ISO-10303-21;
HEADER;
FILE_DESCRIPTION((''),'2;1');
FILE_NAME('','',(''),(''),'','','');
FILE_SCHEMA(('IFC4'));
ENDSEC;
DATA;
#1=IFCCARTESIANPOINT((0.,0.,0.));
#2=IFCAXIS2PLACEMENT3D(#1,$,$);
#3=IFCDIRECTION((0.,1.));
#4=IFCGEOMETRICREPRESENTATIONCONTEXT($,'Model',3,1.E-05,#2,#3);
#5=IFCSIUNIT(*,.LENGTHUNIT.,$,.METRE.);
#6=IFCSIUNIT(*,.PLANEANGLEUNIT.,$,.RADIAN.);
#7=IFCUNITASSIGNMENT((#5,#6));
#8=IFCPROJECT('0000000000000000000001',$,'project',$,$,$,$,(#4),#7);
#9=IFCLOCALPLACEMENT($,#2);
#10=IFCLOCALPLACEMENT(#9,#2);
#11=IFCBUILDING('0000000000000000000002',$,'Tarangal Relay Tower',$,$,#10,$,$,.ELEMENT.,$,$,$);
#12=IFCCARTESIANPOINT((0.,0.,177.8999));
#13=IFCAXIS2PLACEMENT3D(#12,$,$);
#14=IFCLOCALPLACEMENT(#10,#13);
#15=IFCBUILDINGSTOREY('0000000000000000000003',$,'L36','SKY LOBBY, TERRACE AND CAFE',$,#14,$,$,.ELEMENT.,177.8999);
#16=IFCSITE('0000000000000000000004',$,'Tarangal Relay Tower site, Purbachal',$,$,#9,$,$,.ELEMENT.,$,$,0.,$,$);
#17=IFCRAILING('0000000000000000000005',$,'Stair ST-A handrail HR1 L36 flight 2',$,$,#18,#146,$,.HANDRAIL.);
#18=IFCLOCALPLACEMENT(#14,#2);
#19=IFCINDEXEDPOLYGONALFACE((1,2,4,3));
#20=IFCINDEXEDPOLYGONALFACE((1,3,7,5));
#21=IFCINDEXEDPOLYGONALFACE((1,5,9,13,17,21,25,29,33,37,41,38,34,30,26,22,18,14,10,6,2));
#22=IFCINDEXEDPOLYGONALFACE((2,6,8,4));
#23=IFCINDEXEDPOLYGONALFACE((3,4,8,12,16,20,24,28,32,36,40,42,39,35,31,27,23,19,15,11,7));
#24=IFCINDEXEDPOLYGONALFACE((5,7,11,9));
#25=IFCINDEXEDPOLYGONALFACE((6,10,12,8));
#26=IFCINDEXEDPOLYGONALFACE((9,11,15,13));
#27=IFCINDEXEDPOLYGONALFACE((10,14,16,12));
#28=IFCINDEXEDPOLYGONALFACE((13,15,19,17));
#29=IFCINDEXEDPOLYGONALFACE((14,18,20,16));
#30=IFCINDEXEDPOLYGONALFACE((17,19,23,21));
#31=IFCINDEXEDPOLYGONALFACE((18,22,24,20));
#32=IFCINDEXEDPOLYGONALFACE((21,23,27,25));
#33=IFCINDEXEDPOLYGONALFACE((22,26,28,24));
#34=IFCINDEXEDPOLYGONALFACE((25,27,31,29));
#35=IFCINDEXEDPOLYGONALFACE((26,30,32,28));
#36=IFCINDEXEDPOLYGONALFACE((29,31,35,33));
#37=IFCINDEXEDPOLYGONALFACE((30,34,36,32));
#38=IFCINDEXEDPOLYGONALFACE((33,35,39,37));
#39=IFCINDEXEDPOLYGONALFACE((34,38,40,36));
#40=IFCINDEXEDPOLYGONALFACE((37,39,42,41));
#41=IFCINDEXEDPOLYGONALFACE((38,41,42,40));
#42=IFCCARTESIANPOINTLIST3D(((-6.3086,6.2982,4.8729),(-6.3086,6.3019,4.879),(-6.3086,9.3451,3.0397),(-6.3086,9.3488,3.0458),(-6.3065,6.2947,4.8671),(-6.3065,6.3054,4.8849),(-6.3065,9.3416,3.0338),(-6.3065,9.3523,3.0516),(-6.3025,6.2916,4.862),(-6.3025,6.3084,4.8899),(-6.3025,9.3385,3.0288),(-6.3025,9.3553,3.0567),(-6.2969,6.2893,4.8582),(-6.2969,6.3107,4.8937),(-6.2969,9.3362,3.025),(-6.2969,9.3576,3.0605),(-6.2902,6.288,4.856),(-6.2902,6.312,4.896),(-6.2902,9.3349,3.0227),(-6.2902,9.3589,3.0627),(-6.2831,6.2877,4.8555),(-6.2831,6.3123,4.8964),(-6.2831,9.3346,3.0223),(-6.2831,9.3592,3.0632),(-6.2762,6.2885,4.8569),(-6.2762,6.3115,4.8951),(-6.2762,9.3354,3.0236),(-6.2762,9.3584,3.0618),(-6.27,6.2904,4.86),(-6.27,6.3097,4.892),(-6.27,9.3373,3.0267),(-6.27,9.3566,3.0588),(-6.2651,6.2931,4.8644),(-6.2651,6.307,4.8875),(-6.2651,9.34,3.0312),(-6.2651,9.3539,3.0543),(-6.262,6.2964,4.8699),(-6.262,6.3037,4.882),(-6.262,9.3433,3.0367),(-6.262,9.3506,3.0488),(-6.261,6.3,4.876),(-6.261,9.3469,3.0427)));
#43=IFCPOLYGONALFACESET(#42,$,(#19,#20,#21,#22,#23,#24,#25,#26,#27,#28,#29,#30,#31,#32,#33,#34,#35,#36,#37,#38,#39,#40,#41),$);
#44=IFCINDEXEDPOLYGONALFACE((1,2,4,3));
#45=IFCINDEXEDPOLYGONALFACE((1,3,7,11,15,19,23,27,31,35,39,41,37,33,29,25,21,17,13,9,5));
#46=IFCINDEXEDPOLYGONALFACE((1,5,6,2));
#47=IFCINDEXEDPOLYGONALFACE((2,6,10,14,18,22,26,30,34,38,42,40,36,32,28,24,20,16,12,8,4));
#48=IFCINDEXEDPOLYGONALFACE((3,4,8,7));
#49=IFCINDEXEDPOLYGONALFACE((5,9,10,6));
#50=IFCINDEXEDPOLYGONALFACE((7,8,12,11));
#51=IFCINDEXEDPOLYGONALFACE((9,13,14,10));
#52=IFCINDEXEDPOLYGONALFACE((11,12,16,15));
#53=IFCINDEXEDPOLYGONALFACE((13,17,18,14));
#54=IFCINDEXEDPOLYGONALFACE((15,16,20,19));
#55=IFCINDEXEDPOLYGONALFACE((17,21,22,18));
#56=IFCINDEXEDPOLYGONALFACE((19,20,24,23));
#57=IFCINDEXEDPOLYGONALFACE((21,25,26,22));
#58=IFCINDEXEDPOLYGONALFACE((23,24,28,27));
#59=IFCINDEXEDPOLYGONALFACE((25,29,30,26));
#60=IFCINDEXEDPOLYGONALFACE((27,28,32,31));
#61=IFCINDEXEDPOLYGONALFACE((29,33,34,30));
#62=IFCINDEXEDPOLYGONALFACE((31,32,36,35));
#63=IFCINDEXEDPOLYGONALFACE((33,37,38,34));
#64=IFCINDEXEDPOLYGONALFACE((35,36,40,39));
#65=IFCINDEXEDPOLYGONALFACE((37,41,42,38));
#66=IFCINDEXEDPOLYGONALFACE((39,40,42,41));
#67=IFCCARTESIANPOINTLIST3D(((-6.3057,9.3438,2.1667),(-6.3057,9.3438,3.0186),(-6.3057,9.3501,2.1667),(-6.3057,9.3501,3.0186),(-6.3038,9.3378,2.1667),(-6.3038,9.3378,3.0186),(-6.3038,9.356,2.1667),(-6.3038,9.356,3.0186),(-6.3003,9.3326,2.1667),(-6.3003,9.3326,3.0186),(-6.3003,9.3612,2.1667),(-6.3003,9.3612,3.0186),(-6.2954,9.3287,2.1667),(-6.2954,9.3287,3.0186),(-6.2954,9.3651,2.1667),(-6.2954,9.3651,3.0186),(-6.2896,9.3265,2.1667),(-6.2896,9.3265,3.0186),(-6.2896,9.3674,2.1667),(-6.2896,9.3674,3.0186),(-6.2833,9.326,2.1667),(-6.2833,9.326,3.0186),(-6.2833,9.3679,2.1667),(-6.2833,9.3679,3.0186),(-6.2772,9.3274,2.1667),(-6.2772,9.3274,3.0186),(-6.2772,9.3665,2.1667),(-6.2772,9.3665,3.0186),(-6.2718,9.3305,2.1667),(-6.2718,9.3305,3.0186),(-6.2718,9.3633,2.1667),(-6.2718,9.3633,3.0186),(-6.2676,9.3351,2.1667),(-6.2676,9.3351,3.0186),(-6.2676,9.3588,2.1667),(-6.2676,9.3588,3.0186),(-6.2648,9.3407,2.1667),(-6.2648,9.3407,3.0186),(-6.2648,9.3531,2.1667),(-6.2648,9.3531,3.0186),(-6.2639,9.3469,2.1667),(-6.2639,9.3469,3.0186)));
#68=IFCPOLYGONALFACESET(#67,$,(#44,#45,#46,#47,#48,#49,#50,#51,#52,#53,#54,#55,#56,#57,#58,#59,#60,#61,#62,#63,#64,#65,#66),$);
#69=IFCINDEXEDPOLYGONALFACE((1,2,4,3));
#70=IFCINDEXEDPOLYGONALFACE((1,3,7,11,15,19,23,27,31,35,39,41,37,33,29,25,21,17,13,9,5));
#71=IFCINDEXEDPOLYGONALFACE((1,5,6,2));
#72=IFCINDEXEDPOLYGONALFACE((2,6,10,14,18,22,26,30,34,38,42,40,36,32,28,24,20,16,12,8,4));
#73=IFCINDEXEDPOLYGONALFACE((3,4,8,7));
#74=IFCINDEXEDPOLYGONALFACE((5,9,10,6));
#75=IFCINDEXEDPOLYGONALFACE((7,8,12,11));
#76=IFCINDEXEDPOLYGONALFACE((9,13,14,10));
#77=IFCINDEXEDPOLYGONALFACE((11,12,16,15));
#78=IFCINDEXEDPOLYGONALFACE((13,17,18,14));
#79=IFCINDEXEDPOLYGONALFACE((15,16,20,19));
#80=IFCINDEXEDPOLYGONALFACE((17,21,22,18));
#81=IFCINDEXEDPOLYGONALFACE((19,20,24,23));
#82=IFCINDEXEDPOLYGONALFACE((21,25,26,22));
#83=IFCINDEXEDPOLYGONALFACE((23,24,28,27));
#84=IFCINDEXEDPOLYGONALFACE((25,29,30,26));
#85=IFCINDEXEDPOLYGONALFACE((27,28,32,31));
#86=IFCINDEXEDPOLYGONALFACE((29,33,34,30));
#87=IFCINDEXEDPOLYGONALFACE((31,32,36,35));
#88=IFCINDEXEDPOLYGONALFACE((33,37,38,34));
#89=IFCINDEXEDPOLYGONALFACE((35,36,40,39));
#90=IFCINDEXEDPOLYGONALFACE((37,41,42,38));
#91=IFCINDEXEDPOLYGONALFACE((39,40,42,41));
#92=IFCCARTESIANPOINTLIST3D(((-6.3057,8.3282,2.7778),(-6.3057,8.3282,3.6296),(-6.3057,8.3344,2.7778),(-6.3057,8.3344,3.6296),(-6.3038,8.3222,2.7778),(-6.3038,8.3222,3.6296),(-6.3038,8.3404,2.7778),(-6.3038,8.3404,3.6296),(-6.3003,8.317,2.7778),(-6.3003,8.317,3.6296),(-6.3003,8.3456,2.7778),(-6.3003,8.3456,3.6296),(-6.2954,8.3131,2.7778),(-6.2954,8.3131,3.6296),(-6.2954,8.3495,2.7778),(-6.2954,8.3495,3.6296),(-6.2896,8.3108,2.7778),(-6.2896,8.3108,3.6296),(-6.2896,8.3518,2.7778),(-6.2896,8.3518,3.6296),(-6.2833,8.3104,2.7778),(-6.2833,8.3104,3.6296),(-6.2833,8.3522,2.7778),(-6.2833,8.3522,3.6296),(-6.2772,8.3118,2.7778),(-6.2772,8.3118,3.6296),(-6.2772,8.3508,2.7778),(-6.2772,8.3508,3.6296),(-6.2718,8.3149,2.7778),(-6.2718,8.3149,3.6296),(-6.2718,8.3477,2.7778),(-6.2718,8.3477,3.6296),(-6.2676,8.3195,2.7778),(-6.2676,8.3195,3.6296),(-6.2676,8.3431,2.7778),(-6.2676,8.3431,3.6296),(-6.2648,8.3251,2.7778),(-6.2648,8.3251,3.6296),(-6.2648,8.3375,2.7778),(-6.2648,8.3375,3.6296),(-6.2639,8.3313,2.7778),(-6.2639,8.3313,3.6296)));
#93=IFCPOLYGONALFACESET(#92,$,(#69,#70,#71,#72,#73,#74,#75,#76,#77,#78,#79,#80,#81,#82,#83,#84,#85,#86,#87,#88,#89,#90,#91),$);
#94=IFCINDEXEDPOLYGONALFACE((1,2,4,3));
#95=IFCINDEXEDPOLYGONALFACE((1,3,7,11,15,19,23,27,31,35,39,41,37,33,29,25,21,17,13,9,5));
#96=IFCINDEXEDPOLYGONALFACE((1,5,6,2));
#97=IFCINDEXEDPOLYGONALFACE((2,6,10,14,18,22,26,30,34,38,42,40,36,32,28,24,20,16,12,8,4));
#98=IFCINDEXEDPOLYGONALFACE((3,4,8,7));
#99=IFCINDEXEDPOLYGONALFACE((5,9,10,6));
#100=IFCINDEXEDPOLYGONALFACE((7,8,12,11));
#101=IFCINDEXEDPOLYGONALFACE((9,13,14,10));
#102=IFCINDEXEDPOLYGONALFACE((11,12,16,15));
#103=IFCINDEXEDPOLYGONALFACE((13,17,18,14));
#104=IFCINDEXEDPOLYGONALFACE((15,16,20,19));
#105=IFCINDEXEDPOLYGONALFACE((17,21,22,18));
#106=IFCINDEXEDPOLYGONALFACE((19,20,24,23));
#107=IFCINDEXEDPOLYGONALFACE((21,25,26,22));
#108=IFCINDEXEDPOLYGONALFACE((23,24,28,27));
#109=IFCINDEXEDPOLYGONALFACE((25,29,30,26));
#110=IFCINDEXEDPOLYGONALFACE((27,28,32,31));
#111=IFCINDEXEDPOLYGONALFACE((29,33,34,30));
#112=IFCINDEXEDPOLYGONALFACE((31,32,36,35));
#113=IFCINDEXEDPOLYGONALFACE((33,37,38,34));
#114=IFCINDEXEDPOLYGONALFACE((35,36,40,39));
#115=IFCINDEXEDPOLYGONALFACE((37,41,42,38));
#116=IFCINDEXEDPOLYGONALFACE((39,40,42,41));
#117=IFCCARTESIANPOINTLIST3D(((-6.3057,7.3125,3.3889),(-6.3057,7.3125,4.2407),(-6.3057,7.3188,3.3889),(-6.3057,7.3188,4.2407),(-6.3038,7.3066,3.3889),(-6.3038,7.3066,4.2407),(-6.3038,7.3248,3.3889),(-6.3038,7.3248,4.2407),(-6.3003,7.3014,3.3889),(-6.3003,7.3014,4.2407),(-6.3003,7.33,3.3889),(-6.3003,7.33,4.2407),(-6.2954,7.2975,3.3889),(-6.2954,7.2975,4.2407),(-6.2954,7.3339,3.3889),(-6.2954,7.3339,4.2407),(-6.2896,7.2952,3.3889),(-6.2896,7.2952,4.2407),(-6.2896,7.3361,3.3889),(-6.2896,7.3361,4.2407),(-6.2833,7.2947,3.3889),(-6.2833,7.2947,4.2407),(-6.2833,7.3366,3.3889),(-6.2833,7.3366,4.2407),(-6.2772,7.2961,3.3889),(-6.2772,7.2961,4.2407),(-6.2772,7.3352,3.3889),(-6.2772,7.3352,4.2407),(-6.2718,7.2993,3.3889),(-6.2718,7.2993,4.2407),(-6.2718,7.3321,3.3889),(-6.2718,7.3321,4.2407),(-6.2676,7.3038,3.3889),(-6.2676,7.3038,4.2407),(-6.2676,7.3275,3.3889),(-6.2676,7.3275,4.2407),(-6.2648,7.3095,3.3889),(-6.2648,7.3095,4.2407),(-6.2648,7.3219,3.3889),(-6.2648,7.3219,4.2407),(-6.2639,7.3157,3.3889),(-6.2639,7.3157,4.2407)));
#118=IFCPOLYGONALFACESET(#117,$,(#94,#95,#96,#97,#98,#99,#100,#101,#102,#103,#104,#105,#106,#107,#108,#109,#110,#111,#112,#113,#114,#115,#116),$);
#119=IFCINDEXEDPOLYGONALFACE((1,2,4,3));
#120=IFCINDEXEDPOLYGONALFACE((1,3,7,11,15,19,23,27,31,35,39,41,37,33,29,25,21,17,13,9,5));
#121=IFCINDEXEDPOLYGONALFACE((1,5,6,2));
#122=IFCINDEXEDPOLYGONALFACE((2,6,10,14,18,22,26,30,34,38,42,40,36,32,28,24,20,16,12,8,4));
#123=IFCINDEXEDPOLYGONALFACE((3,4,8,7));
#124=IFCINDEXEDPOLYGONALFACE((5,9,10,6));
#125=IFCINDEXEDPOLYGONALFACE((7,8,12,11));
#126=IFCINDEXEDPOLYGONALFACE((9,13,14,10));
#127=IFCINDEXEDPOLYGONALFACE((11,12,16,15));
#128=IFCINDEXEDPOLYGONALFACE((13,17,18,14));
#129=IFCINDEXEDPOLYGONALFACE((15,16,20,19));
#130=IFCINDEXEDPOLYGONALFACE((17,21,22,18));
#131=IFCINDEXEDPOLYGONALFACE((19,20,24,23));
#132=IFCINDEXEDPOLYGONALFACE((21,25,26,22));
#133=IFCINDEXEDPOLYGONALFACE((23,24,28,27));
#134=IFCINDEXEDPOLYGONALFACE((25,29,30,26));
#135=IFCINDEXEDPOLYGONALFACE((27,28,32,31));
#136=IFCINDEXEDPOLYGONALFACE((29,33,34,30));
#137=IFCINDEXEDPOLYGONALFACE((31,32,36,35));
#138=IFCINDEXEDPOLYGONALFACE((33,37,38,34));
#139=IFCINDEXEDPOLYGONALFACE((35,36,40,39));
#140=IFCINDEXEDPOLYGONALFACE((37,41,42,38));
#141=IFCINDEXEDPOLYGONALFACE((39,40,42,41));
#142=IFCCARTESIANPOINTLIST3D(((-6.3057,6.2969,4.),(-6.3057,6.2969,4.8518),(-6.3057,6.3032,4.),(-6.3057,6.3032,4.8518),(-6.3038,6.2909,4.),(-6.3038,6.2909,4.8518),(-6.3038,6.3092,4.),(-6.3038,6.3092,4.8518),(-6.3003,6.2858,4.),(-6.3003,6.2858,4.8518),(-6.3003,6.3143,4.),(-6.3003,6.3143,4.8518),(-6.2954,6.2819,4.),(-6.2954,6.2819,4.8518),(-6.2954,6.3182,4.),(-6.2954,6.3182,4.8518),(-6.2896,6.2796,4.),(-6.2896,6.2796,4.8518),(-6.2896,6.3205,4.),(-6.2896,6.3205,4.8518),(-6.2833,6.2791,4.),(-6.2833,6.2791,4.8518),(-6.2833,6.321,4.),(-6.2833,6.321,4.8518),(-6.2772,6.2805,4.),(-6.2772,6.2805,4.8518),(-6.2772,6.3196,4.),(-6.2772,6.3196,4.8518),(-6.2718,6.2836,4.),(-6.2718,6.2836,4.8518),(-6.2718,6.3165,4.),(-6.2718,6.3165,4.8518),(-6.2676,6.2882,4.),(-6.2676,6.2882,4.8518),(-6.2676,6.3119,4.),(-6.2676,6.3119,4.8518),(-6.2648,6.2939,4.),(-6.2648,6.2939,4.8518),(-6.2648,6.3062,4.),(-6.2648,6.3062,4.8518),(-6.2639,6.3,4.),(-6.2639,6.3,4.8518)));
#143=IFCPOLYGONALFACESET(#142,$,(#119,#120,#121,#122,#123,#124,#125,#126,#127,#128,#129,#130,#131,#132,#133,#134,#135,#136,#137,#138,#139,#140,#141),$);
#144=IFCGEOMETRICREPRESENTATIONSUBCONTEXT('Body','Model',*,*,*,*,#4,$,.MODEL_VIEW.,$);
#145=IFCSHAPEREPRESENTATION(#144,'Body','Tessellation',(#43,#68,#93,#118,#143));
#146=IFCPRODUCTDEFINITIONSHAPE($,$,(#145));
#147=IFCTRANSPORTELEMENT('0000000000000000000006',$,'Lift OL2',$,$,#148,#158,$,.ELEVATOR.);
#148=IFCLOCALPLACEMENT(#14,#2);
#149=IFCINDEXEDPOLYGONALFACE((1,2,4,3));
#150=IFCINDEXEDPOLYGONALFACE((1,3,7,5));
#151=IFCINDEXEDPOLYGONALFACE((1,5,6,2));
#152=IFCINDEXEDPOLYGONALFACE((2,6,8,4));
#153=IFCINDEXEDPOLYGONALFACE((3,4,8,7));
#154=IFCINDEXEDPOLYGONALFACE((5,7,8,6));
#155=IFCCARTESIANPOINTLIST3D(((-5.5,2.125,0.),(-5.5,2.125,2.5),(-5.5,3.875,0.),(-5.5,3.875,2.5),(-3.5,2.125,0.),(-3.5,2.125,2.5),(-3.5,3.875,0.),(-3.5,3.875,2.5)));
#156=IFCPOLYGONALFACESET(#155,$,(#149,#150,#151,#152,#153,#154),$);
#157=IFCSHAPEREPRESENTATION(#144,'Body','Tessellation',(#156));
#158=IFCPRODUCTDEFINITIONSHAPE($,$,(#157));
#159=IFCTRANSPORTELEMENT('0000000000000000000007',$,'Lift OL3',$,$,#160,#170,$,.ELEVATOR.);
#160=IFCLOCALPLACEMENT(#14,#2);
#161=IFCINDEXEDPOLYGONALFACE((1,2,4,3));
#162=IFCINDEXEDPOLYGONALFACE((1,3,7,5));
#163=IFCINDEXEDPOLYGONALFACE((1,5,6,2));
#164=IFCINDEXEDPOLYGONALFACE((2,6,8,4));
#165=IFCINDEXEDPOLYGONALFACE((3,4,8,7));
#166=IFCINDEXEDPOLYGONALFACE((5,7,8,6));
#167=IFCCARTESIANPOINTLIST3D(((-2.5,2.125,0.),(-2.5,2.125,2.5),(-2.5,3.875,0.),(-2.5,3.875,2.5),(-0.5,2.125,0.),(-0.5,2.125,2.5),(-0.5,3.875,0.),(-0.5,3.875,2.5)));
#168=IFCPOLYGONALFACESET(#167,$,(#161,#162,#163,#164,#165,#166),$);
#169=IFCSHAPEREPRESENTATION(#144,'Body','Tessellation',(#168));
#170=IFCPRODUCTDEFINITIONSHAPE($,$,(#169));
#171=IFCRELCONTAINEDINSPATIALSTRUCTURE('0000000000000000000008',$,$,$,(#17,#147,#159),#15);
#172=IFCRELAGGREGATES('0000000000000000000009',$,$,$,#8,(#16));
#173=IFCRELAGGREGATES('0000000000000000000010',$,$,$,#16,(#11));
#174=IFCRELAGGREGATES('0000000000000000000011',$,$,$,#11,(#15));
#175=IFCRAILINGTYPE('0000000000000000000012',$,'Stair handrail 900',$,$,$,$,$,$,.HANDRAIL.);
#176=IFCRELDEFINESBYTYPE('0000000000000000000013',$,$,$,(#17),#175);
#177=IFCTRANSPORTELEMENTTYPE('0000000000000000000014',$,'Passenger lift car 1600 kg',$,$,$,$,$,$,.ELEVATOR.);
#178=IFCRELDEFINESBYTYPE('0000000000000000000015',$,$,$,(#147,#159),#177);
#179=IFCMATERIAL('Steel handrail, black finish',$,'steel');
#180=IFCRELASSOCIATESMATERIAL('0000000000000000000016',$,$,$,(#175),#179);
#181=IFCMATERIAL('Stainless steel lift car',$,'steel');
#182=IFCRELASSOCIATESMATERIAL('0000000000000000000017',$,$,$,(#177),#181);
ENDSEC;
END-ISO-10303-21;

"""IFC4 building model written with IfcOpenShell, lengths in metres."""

from ifc_helpers import new_model, si_unit, direction, frame, origin, origin_2d, place, context, subcontext, project, spatial, rectangle, circle, extrude, material, type_object, element, save


model = new_model("IFC4")

# Units and contexts
model_context = context("Model", 3, precision=1e-05, world=origin(), true_north=direction((0.0, 1.0)))
body_context = subcontext(model_context, "Body", "Model", "MODEL_VIEW")
ifc_project = project(units=[si_unit("LENGTHUNIT", "METRE"), si_unit("PLANEANGLEUNIT", "RADIAN")], contexts=[model_context])

# Site, building, storey
site_placement = place(None, origin())
site = spatial("IfcSite", under=ifc_project, at=site_placement, Name="Tarangal Relay Tower site, Purbachal", CompositionType="ELEMENT", RefElevation=0.0)
building_placement = place(site_placement, origin())
building = spatial("IfcBuilding", under=site, at=building_placement, Name="Tarangal Relay Tower", CompositionType="ELEMENT")
storey_placement = place(building_placement, frame((0.0, 0.0, 177.8999)))
storey = spatial("IfcBuildingStorey", under=building, at=storey_placement, Name="L36", Description="SKY LOBBY, TERRACE AND CAFE", CompositionType="ELEMENT", Elevation=177.8999)

# Railing
ifc_material_1 = material(Name="Steel handrail, black finish", Category="steel")
railing_type = type_object("IfcRailingType", Name="Stair handrail 900", PredefinedType="HANDRAIL", material=ifc_material_1)
railing_placement = place(storey_placement, frame((-6.2849, 9.3469, 2.1667)))
element("IfcRailing", 1, at=railing_placement, inside=storey, type_object=railing_type, Name="Stair ST-A handrail HR1 L36 flight 2", PredefinedType="HANDRAIL", context=body_context, shape_type="SweptSolid", body=[
    extrude(circle(Radius=0.0239, at=origin_2d()), frame((0.0, 0.0, 0.876), z_axis=(0.0, -0.856856, 0.515556), x_axis=(1.0, 0.0, 0.0)), (0.0, 0.0, 1.0), 3.5559),
    extrude(circle(Radius=0.021, at=origin_2d()), origin(), (0.0, 0.0, 1.0), 0.8518),
    extrude(circle(Radius=0.021, at=origin_2d()), frame((0.0, -1.0156, 0.6111)), (0.0, 0.0, 1.0), 0.8518),
    extrude(circle(Radius=0.021, at=origin_2d()), frame((0.0, -2.0312, 1.2222)), (0.0, 0.0, 1.0), 0.8518),
    extrude(circle(Radius=0.021, at=origin_2d()), frame((0.0, -3.0469, 1.8333)), (0.0, 0.0, 1.0), 0.8518),
])

# Transport elements
ifc_material_2 = material(Name="Stainless steel lift car", Category="steel")
transport_element_type = type_object("IfcTransportElementType", Name="Passenger lift car 1600 kg", PredefinedType="ELEVATOR", material=ifc_material_2)
for number, where, z_axis, x_axis, name in (
    (2, (-4.5, 3.0, 0.0), (0.0, 0.0, 1.0), (1.0, 0.0, 0.0), "Lift OL2"),
    (3, (-1.5, 3.0, 0.0), (0.0, 0.0, 1.0), (1.0, 0.0, 0.0), "Lift OL3"),
):
    element("IfcTransportElement", number, at=place(storey_placement, frame(where, z_axis=z_axis, x_axis=x_axis)), inside=storey, type_object=transport_element_type, Name=name, PredefinedType="ELEVATOR", context=body_context, shape_type="SweptSolid", body=[
        extrude(rectangle(XDim=2.0, YDim=1.75, at=origin_2d()), origin(), (0.0, 0.0, 1.0), 2.5),
    ])

save(model, "model.ifc")
